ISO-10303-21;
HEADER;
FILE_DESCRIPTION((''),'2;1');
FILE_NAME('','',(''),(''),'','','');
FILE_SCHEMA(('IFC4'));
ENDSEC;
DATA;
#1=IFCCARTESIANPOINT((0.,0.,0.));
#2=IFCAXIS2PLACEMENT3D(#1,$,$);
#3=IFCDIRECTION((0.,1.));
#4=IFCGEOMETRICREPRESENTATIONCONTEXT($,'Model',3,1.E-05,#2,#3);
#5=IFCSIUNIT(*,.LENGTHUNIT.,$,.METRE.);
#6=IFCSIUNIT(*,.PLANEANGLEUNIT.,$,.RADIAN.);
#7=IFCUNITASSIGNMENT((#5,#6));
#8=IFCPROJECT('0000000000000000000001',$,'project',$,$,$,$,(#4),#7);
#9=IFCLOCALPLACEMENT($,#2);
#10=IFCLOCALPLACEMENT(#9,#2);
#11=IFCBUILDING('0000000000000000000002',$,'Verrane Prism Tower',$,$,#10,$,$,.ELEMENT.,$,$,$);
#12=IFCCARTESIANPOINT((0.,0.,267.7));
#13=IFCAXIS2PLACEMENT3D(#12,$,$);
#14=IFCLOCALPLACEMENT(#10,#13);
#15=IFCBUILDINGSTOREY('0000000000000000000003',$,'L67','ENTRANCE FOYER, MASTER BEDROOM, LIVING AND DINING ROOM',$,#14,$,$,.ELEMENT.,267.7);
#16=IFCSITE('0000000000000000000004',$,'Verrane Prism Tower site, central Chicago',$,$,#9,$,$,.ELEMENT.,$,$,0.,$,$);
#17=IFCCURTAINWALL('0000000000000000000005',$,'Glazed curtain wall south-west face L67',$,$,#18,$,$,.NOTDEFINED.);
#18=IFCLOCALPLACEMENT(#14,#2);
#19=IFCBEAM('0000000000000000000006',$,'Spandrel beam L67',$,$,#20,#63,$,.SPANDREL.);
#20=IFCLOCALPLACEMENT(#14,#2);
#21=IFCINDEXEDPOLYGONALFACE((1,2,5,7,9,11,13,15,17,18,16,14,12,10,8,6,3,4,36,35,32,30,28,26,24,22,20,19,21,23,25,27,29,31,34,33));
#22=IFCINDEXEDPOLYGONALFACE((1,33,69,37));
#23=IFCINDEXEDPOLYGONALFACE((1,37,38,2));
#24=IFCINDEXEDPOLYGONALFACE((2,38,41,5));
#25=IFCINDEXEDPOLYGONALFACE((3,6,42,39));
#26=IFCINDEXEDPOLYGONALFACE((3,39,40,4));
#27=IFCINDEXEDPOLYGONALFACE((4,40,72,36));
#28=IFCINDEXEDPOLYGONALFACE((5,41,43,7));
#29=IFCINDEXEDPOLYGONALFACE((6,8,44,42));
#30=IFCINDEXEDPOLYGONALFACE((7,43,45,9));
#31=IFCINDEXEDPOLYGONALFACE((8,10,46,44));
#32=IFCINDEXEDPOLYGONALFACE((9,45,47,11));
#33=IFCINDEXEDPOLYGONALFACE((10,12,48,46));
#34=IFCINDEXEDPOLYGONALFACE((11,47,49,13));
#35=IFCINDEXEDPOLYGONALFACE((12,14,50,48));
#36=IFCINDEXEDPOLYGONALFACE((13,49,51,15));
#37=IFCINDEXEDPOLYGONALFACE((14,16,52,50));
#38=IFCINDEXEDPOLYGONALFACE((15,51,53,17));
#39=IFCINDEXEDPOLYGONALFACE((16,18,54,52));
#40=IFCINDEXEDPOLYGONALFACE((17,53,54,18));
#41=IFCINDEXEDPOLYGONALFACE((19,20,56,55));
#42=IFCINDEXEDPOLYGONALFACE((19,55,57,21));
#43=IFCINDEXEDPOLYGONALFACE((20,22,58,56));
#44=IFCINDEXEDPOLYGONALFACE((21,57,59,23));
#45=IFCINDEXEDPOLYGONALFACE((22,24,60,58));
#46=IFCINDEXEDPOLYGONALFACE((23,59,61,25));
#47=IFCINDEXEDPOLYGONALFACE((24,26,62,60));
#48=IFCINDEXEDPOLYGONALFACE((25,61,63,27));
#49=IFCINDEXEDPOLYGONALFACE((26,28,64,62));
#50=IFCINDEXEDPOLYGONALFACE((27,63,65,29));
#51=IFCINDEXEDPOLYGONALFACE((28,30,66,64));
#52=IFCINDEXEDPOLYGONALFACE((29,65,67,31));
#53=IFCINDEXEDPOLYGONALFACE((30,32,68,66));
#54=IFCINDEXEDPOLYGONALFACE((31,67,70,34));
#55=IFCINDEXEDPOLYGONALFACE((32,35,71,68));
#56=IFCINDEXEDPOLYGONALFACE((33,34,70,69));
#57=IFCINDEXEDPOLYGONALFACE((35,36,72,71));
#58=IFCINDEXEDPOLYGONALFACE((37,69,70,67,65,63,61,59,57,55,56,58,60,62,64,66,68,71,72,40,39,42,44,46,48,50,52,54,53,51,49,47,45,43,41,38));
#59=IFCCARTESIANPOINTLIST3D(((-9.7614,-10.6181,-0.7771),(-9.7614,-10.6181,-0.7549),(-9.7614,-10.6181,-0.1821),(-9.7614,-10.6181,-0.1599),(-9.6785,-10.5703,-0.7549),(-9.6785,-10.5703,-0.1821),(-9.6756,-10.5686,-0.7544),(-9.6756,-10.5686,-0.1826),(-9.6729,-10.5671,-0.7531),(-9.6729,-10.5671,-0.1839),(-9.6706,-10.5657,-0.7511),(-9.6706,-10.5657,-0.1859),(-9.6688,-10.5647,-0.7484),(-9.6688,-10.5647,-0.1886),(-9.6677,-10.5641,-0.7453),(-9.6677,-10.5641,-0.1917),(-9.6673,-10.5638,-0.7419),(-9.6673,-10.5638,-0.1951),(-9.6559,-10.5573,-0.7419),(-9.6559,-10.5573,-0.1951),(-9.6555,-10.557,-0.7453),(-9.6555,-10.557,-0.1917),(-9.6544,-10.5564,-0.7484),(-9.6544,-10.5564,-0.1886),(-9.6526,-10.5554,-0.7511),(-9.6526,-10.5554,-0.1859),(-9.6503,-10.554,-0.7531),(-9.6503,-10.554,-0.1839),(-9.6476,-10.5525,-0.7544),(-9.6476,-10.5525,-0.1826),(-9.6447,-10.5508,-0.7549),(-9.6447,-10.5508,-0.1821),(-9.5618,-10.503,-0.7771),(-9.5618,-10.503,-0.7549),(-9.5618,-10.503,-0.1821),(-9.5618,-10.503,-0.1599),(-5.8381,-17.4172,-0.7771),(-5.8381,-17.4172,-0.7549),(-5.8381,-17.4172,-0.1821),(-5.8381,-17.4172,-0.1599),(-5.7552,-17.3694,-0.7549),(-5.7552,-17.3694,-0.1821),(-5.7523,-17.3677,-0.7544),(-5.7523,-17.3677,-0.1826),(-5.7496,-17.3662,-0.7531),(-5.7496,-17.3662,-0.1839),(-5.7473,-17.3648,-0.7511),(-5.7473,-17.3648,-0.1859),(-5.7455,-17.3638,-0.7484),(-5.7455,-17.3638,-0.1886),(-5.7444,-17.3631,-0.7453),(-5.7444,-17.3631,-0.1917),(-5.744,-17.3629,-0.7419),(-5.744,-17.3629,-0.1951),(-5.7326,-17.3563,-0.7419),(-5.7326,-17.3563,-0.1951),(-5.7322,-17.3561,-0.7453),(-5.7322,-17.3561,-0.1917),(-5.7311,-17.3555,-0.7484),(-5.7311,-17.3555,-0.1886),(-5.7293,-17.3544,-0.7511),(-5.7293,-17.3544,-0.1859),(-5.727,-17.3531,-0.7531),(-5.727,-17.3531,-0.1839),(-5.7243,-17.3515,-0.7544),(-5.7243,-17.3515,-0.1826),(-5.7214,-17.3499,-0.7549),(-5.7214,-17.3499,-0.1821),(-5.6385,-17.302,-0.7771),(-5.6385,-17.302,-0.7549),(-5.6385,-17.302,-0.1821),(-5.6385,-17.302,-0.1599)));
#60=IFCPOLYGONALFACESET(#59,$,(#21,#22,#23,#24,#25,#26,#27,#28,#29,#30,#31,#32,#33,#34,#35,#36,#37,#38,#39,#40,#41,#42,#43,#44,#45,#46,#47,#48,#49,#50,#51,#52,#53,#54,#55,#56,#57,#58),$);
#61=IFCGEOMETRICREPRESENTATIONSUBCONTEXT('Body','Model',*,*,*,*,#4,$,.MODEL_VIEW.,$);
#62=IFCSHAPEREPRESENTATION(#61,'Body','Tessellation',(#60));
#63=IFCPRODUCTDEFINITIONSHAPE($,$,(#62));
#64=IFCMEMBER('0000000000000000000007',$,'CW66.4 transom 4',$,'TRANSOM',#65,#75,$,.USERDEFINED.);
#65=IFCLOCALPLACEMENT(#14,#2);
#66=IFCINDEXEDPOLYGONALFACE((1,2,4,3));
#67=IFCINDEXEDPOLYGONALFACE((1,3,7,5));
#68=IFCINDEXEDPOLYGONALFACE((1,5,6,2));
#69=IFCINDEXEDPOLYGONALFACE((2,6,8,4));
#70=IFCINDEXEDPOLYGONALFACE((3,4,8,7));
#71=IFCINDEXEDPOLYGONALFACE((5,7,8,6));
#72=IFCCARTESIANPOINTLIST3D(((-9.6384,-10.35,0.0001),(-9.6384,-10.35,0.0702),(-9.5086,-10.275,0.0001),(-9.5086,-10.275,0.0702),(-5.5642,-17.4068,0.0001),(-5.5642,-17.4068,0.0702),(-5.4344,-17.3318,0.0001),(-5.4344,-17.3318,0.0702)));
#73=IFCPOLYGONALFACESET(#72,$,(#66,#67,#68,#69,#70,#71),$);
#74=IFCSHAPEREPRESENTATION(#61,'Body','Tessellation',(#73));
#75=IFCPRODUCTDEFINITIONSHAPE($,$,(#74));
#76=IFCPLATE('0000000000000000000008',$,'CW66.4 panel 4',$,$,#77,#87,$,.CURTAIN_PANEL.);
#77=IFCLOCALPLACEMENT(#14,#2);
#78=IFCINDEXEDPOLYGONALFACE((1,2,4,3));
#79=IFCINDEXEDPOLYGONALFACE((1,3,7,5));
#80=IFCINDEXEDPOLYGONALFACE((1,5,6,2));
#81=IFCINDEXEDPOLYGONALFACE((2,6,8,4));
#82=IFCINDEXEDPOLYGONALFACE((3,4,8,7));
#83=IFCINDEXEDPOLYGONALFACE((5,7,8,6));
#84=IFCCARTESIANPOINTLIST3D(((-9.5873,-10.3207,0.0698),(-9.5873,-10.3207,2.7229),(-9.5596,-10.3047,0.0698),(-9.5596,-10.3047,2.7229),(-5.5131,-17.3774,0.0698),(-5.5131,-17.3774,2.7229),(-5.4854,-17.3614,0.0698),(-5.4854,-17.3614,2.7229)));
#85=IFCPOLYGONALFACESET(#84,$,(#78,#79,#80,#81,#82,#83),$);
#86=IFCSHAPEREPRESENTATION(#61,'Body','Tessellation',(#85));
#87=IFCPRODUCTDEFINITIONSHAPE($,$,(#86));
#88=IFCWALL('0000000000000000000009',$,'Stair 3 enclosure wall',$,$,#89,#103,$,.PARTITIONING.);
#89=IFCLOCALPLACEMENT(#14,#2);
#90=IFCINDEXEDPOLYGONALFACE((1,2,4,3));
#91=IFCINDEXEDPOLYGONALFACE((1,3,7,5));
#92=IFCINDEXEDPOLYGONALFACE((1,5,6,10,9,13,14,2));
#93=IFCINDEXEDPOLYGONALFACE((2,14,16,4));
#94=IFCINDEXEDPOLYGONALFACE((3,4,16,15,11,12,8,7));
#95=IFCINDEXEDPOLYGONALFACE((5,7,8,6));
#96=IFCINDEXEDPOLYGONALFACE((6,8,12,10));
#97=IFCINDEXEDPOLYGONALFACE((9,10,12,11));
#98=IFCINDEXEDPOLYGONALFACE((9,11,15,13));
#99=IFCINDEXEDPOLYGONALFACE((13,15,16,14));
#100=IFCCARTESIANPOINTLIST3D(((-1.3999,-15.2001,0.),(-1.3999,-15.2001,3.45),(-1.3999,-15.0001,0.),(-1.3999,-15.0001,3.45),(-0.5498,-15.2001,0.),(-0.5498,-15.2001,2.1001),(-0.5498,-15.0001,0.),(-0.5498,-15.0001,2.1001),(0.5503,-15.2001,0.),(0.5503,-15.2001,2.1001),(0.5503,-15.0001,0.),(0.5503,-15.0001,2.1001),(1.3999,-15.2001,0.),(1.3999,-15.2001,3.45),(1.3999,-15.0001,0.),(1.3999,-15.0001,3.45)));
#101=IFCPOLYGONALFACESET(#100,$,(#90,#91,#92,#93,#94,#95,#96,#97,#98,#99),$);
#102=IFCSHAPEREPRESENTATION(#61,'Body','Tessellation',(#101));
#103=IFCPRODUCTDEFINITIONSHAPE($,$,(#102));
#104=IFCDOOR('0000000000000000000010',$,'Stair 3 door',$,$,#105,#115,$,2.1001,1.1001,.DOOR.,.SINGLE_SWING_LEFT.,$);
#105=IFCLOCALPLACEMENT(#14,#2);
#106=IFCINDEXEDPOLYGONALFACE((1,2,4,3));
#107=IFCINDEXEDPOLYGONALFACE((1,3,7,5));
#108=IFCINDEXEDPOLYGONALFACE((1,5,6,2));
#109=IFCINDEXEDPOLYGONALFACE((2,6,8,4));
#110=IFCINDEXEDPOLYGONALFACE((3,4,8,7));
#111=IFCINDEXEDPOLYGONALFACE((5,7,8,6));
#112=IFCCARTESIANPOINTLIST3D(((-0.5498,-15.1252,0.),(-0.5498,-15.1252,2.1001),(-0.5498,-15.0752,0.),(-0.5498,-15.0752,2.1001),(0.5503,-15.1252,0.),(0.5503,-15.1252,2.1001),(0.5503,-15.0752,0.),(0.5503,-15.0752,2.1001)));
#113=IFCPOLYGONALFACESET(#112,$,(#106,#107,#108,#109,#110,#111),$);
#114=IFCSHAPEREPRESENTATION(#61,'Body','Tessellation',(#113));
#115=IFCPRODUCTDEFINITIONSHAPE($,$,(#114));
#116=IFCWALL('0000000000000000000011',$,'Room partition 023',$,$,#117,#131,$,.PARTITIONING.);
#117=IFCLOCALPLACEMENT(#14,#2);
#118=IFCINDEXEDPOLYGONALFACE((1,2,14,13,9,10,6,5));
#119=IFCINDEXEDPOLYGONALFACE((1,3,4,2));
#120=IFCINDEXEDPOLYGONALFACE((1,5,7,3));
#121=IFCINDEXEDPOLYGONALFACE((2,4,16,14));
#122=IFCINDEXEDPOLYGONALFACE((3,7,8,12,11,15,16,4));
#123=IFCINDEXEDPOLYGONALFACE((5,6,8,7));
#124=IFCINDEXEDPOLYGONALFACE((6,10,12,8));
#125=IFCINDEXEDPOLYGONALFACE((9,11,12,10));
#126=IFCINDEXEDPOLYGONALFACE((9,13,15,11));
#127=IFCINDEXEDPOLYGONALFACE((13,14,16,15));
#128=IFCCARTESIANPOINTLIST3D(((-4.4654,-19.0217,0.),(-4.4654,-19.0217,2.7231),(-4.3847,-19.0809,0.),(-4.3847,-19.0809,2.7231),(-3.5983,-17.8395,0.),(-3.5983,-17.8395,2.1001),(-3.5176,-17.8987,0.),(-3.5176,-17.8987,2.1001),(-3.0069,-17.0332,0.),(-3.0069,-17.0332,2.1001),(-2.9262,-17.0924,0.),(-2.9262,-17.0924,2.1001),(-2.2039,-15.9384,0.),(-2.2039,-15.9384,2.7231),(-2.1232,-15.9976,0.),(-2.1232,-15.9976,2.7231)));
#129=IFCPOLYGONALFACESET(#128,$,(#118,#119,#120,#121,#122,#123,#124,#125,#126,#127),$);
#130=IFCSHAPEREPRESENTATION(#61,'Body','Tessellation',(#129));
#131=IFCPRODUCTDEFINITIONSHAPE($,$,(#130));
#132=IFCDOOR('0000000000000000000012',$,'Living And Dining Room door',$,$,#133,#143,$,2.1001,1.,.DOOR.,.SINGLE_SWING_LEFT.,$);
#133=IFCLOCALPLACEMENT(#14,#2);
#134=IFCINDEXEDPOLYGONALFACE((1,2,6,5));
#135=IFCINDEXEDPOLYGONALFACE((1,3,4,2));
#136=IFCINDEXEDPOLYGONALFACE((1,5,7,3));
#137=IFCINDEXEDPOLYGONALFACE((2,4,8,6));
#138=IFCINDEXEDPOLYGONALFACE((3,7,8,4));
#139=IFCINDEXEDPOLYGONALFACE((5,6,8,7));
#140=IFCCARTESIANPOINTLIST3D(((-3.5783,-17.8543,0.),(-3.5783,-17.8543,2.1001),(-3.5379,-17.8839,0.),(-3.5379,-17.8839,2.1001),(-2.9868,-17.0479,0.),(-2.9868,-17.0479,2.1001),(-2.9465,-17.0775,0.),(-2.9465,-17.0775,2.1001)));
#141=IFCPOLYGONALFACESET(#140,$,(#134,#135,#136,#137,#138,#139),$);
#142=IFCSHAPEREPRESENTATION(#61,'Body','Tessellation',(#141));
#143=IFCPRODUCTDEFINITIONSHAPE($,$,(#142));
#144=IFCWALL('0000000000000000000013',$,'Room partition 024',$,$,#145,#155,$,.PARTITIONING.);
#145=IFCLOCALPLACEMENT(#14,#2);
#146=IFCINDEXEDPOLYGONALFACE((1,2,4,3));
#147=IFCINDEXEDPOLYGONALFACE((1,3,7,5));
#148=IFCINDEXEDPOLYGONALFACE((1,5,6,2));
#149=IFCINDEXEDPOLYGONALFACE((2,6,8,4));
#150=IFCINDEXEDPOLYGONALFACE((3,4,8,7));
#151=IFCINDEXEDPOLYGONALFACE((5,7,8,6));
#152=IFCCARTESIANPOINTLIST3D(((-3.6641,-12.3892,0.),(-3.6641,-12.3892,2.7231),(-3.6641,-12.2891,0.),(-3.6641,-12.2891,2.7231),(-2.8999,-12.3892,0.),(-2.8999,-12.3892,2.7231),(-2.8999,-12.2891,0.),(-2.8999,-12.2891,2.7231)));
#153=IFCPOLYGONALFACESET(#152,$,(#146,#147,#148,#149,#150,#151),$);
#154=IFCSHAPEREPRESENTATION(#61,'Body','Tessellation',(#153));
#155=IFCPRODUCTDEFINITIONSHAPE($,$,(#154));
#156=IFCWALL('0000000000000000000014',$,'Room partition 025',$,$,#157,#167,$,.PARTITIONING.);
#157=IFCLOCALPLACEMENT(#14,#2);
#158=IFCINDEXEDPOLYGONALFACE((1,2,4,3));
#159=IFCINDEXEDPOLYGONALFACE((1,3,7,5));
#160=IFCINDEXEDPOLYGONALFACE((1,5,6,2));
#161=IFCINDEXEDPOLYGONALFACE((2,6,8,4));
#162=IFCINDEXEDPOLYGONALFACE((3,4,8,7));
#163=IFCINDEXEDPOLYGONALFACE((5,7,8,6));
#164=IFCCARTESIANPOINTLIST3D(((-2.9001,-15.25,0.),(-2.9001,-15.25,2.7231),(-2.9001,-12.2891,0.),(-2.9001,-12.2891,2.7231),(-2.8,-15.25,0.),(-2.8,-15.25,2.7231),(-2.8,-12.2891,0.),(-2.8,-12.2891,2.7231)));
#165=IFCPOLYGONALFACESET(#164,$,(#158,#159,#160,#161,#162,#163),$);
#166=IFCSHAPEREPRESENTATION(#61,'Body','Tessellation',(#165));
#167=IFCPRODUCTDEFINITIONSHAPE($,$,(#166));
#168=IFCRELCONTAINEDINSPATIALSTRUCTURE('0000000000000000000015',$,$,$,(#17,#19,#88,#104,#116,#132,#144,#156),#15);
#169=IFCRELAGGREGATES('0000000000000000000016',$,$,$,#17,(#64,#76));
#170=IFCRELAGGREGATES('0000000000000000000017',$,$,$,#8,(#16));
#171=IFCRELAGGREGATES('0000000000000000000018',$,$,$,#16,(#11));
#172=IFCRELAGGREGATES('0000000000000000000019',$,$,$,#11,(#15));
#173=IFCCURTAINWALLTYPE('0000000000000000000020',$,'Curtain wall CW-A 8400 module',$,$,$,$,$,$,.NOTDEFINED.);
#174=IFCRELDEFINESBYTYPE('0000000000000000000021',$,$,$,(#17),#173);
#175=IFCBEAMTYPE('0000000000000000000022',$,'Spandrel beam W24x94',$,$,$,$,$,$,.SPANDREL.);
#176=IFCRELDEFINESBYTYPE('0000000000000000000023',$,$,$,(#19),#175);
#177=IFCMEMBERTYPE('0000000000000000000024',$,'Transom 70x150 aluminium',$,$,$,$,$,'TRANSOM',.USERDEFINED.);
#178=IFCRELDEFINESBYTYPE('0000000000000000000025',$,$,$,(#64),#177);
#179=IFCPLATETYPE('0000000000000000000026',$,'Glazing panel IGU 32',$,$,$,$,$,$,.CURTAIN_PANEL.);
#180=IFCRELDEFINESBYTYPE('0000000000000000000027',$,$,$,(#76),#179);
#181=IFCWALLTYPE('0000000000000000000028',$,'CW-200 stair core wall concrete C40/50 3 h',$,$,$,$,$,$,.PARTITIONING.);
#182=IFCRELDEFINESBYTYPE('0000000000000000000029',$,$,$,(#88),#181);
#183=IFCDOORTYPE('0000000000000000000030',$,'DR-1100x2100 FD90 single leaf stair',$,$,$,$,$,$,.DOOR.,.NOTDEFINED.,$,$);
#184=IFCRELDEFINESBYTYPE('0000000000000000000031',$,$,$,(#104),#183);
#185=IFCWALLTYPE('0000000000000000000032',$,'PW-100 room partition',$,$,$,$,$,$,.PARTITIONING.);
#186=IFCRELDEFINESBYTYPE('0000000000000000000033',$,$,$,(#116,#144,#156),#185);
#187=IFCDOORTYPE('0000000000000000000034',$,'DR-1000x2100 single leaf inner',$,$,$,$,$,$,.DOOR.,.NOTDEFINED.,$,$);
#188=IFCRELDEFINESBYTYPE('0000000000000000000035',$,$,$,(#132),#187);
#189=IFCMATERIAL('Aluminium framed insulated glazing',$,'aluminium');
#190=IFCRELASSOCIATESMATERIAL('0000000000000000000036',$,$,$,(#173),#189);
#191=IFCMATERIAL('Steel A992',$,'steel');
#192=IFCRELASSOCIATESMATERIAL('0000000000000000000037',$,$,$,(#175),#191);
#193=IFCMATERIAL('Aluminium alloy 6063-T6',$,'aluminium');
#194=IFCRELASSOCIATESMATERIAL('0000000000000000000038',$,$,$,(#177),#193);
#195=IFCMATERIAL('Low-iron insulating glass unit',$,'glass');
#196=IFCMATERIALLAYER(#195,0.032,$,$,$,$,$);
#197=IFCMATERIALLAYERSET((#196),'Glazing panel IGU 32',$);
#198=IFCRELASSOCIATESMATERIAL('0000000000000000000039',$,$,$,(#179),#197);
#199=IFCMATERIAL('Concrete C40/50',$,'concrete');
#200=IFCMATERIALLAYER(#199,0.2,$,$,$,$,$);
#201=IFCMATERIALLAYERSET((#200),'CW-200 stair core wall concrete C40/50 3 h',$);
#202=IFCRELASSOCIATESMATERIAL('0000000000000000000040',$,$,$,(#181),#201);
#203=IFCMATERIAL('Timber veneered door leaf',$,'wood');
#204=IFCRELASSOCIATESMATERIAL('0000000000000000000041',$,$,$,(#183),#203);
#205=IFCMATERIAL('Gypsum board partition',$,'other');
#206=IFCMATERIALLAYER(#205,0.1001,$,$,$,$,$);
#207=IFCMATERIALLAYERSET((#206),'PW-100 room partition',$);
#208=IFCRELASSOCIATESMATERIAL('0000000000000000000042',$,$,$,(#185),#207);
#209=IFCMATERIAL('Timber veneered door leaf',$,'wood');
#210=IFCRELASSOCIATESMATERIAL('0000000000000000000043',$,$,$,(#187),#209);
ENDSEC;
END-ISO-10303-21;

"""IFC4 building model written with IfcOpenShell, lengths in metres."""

from ifc_helpers import new_model, si_unit, direction, frame, frame_2d, origin, origin_2d, place, context, subcontext, project, spatial, rectangle, i_section, extrude, material, layer, layer_set, material_profile, profile_set, type_object, element, fill, aggregate, save


model = new_model("IFC4")

# Units and contexts
model_context = context("Model", 3, precision=1e-05, world=origin(), true_north=direction((0.0, 1.0)))
body_context = subcontext(model_context, "Body", "Model", "MODEL_VIEW")
ifc_project = project(units=[si_unit("LENGTHUNIT", "METRE"), si_unit("PLANEANGLEUNIT", "RADIAN")], contexts=[model_context])

# Site, building, storey
site_placement = place(None, origin())
site = spatial("IfcSite", under=ifc_project, at=site_placement, Name="Verrane Prism Tower site, central Chicago", CompositionType="ELEMENT", RefElevation=0.0)
building_placement = place(site_placement, origin())
building = spatial("IfcBuilding", under=site, at=building_placement, Name="Verrane Prism Tower", CompositionType="ELEMENT")
storey_placement = place(building_placement, frame((0.0, 0.0, 267.7)))
storey = spatial("IfcBuildingStorey", under=building, at=storey_placement, Name="L67", Description="ENTRANCE FOYER, MASTER BEDROOM, LIVING AND DINING ROOM", CompositionType="ELEMENT", Elevation=267.7)

# Curtain wall
ifc_material_1 = material(Name="Aluminium framed insulated glazing", Category="aluminium")
curtain_wall_type = type_object("IfcCurtainWallType", Name="Curtain wall CW-A 8400 module", PredefinedType="NOTDEFINED", material=ifc_material_1)
curtain_wall_placement = place(storey_placement, origin())
curtain_wall = element("IfcCurtainWall", 1, at=curtain_wall_placement, inside=storey, type_object=curtain_wall_type, Name="Glazed curtain wall south-west face L67", PredefinedType="NOTDEFINED")

# Beam
ifc_material_2 = material(Name="Steel A992", Category="steel")
ifc_material_profile_1 = material_profile(ifc_material_2, i_section(OverallWidth=0.2305, OverallDepth=0.6172, WebThickness=0.0132, FlangeThickness=0.0222, FilletRadius=0.0129, at=origin_2d()), Name="W24x94")
ifc_profile_set_1 = profile_set([ifc_material_profile_1], Name="Steel A992")
beam_type_1 = type_object("IfcBeamType", Name="Spandrel beam W24x94", PredefinedType="SPANDREL", material=ifc_profile_set_1)
beam_1_placement = place(storey_placement, frame((-9.6616, -10.5605, -0.4685), z_axis=(0.499799, -0.866142, 0.0), x_axis=(0.866142, 0.499799, 0.0)))
element("IfcBeam", 2, at=beam_1_placement, inside=storey, type_object=beam_type_1, Name="Spandrel beam L67", PredefinedType="SPANDREL", context=body_context, shape_type="SweptSolid", body=[
    extrude(i_section(OverallWidth=0.2305, OverallDepth=0.6172, WebThickness=0.0132, FlangeThickness=0.0222, FilletRadius=0.0129, at=origin_2d()), origin(), (0.0, 0.0, 1.0), 7.8499),
])

# Member
ifc_material_3 = material(Name="Aluminium alloy 6063-T6", Category="aluminium")
ifc_material_profile_2 = material_profile(ifc_material_3, rectangle(XDim=0.1499, YDim=0.0701, at=origin_2d()), Name="Transom 70x150 aluminium")
ifc_profile_set_2 = profile_set([ifc_material_profile_2], Name="Aluminium alloy 6063-T6")
member_type_1 = type_object("IfcMemberType", Name="Transom 70x150 aluminium", ElementType="TRANSOM", PredefinedType="USERDEFINED", material=ifc_profile_set_2)
member_1_placement = place(storey_placement, frame((-9.5735, -10.3125, 0.0352), z_axis=(0.499993, -0.866029, 0.0), x_axis=(0.866029, 0.499993, 0.0)))
member_1 = element("IfcMember", 3, at=member_1_placement, type_object=member_type_1, Name="CW66.4 transom 4", ObjectType="TRANSOM", PredefinedType="USERDEFINED", context=body_context, shape_type="SweptSolid", body=[
    extrude(rectangle(XDim=0.1499, YDim=0.0701, at=origin_2d()), origin(), (0.0, 0.0, 1.0), 8.1484),
])

# Plate
ifc_material_4 = material(Name="Low-iron insulating glass unit", Category="glass")
ifc_layer_1 = layer(ifc_material_4, 0.032)
ifc_layer_set_1 = layer_set([ifc_layer_1], Name="Glazing panel IGU 32")
plate_type = type_object("IfcPlateType", Name="Glazing panel IGU 32", PredefinedType="CURTAIN_PANEL", material=ifc_layer_set_1)
plate_placement = place(storey_placement, frame((-7.5364, -13.8411, 0.0698), z_axis=(0.0, 0.0, 1.0), x_axis=(0.500001, -0.866025, 0.0)))
plate = element("IfcPlate", 4, at=plate_placement, type_object=plate_type, Name="CW66.4 panel 4", PredefinedType="CURTAIN_PANEL", context=body_context, shape_type="SweptSolid", body=[
    extrude(rectangle(XDim=8.1484, YDim=0.032, at=origin_2d()), origin(), (0.0, 0.0, 1.0), 2.6531),
])
aggregate(curtain_wall, [member_1, plate])

# Walls, openings, doors
ifc_material_5 = material(Name="Concrete C40/50", Category="concrete")
ifc_layer_2 = layer(ifc_material_5, 0.2)
ifc_layer_set_2 = layer_set([ifc_layer_2], Name="CW-200 stair core wall concrete C40/50 3 h")
wall_type_1 = type_object("IfcWallType", Name="CW-200 stair core wall concrete C40/50 3 h", PredefinedType="PARTITIONING", material=ifc_layer_set_2)
wall_1_placement = place(storey_placement, frame((-1.3999, -15.1001, 0.0), z_axis=(0.0, 0.0, 1.0), x_axis=(1.0, 0.0, 0.0)))
wall_1 = element("IfcWall", 5, at=wall_1_placement, inside=storey, type_object=wall_type_1, Name="Stair 3 enclosure wall", PredefinedType="PARTITIONING", context=body_context, shape_type="SweptSolid", body=[
    extrude(rectangle(XDim=2.7998, YDim=0.2, at=frame_2d((1.3999, 0.0))), origin(), (0.0, 0.0, 1.0), 3.45),
])
opening_1_placement = place(wall_1_placement, frame((0.8501, 0.0, 0.0)))
opening_1 = element("IfcOpeningElement", 6, at=opening_1_placement, cuts=wall_1, PredefinedType="OPENING", context=body_context, shape_type="SweptSolid", body=[
    extrude(rectangle(XDim=1.1001, YDim=2.1001, at=frame_2d((0.55, 1.05))), frame((0.0, 0.1099, 0.0), z_axis=(0.0, -1.0, 0.0), x_axis=(1.0, 0.0, 0.0)), (0.0, 0.0, 1.0), 0.22),
])
ifc_material_6 = material(Name="Timber veneered door leaf", Category="wood")
door_type_1 = type_object("IfcDoorType", Name="DR-1100x2100 FD90 single leaf stair", OperationType="NOTDEFINED", PredefinedType="DOOR", material=ifc_material_6)
door_1_placement = place(opening_1_placement, origin())
door_1 = element("IfcDoor", 7, at=door_1_placement, inside=storey, type_object=door_type_1, Name="Stair 3 door", OperationType="SINGLE_SWING_LEFT", OverallHeight=2.1001, OverallWidth=1.1001, PredefinedType="DOOR", context=body_context, shape_type="SweptSolid", body=[
    extrude(rectangle(XDim=1.1001, YDim=2.1001, at=frame_2d((0.55, 1.05))), frame((0.0, 0.0249, 0.0), z_axis=(0.0, -1.0, 0.0), x_axis=(1.0, 0.0, 0.0)), (0.0, 0.0, 1.0), 0.05),
])
fill(opening_1, door_1)
ifc_material_7 = material(Name="Gypsum board partition", Category="other")
ifc_layer_3 = layer(ifc_material_7, 0.1001)
ifc_layer_set_3 = layer_set([ifc_layer_3], Name="PW-100 room partition")
wall_type_2 = type_object("IfcWallType", Name="PW-100 room partition", PredefinedType="PARTITIONING", material=ifc_layer_set_3)
wall_2_placement = place(storey_placement, frame((-2.1636, -15.968, 0.0), z_axis=(0.0, 0.0, 1.0), x_axis=(-0.591436, -0.806352, 0.0)))
wall_2 = element("IfcWall", 8, at=wall_2_placement, inside=storey, type_object=wall_type_2, Name="Room partition 023", PredefinedType="PARTITIONING", context=body_context, shape_type="SweptSolid", body=[
    extrude(rectangle(XDim=3.8237, YDim=0.1001, at=frame_2d((1.9119, 0.0))), origin(), (0.0, 0.0, 1.0), 2.7231),
])
opening_2_placement = place(wall_2_placement, frame((1.3577, 0.0, 0.0)))
opening_2 = element("IfcOpeningElement", 9, at=opening_2_placement, cuts=wall_2, PredefinedType="OPENING", context=body_context, shape_type="SweptSolid", body=[
    extrude(rectangle(XDim=1.0, YDim=2.1001, at=frame_2d((0.5, 1.05))), frame((0.0, 0.0601, 0.0), z_axis=(0.0, -1.0, 0.0), x_axis=(1.0, 0.0, 0.0)), (0.0, 0.0, 1.0), 0.1201),
])
ifc_material_8 = material(Name="Timber veneered door leaf", Category="wood")
door_type_2 = type_object("IfcDoorType", Name="DR-1000x2100 single leaf inner", OperationType="NOTDEFINED", PredefinedType="DOOR", material=ifc_material_8)
door_2_placement = place(opening_2_placement, origin())
door_2 = element("IfcDoor", 10, at=door_2_placement, inside=storey, type_object=door_type_2, Name="Living And Dining Room door", OperationType="SINGLE_SWING_LEFT", OverallHeight=2.1001, OverallWidth=1.0, PredefinedType="DOOR", context=body_context, shape_type="SweptSolid", body=[
    extrude(rectangle(XDim=1.0, YDim=2.1001, at=frame_2d((0.5, 1.05))), frame((0.0, 0.0249, 0.0), z_axis=(0.0, -1.0, 0.0), x_axis=(1.0, 0.0, 0.0)), (0.0, 0.0, 1.0), 0.05),
])
fill(opening_2, door_2)

# Walls
wall_3_placement = place(storey_placement, frame((-3.6641, -12.3391, 0.0), z_axis=(0.0, 0.0, 1.0), x_axis=(1.0, 0.0, 0.0)))
element("IfcWall", 11, at=wall_3_placement, inside=storey, type_object=wall_type_2, Name="Room partition 024", PredefinedType="PARTITIONING", context=body_context, shape_type="SweptSolid", body=[
    extrude(rectangle(XDim=0.7642, YDim=0.1001, at=frame_2d((0.3821, 0.0))), origin(), (0.0, 0.0, 1.0), 2.7231),
])
wall_4_placement = place(storey_placement, frame((-2.8501, -15.25, 0.0), z_axis=(0.0, 0.0, 1.0), x_axis=(0.0, 1.0, 0.0)))
element("IfcWall", 12, at=wall_4_placement, inside=storey, type_object=wall_type_2, Name="Room partition 025", PredefinedType="PARTITIONING", context=body_context, shape_type="SweptSolid", body=[
    extrude(rectangle(XDim=2.9609, YDim=0.1001, at=frame_2d((1.4805, 0.0))), origin(), (0.0, 0.0, 1.0), 2.7231),
])

save(model, "model.ifc")
